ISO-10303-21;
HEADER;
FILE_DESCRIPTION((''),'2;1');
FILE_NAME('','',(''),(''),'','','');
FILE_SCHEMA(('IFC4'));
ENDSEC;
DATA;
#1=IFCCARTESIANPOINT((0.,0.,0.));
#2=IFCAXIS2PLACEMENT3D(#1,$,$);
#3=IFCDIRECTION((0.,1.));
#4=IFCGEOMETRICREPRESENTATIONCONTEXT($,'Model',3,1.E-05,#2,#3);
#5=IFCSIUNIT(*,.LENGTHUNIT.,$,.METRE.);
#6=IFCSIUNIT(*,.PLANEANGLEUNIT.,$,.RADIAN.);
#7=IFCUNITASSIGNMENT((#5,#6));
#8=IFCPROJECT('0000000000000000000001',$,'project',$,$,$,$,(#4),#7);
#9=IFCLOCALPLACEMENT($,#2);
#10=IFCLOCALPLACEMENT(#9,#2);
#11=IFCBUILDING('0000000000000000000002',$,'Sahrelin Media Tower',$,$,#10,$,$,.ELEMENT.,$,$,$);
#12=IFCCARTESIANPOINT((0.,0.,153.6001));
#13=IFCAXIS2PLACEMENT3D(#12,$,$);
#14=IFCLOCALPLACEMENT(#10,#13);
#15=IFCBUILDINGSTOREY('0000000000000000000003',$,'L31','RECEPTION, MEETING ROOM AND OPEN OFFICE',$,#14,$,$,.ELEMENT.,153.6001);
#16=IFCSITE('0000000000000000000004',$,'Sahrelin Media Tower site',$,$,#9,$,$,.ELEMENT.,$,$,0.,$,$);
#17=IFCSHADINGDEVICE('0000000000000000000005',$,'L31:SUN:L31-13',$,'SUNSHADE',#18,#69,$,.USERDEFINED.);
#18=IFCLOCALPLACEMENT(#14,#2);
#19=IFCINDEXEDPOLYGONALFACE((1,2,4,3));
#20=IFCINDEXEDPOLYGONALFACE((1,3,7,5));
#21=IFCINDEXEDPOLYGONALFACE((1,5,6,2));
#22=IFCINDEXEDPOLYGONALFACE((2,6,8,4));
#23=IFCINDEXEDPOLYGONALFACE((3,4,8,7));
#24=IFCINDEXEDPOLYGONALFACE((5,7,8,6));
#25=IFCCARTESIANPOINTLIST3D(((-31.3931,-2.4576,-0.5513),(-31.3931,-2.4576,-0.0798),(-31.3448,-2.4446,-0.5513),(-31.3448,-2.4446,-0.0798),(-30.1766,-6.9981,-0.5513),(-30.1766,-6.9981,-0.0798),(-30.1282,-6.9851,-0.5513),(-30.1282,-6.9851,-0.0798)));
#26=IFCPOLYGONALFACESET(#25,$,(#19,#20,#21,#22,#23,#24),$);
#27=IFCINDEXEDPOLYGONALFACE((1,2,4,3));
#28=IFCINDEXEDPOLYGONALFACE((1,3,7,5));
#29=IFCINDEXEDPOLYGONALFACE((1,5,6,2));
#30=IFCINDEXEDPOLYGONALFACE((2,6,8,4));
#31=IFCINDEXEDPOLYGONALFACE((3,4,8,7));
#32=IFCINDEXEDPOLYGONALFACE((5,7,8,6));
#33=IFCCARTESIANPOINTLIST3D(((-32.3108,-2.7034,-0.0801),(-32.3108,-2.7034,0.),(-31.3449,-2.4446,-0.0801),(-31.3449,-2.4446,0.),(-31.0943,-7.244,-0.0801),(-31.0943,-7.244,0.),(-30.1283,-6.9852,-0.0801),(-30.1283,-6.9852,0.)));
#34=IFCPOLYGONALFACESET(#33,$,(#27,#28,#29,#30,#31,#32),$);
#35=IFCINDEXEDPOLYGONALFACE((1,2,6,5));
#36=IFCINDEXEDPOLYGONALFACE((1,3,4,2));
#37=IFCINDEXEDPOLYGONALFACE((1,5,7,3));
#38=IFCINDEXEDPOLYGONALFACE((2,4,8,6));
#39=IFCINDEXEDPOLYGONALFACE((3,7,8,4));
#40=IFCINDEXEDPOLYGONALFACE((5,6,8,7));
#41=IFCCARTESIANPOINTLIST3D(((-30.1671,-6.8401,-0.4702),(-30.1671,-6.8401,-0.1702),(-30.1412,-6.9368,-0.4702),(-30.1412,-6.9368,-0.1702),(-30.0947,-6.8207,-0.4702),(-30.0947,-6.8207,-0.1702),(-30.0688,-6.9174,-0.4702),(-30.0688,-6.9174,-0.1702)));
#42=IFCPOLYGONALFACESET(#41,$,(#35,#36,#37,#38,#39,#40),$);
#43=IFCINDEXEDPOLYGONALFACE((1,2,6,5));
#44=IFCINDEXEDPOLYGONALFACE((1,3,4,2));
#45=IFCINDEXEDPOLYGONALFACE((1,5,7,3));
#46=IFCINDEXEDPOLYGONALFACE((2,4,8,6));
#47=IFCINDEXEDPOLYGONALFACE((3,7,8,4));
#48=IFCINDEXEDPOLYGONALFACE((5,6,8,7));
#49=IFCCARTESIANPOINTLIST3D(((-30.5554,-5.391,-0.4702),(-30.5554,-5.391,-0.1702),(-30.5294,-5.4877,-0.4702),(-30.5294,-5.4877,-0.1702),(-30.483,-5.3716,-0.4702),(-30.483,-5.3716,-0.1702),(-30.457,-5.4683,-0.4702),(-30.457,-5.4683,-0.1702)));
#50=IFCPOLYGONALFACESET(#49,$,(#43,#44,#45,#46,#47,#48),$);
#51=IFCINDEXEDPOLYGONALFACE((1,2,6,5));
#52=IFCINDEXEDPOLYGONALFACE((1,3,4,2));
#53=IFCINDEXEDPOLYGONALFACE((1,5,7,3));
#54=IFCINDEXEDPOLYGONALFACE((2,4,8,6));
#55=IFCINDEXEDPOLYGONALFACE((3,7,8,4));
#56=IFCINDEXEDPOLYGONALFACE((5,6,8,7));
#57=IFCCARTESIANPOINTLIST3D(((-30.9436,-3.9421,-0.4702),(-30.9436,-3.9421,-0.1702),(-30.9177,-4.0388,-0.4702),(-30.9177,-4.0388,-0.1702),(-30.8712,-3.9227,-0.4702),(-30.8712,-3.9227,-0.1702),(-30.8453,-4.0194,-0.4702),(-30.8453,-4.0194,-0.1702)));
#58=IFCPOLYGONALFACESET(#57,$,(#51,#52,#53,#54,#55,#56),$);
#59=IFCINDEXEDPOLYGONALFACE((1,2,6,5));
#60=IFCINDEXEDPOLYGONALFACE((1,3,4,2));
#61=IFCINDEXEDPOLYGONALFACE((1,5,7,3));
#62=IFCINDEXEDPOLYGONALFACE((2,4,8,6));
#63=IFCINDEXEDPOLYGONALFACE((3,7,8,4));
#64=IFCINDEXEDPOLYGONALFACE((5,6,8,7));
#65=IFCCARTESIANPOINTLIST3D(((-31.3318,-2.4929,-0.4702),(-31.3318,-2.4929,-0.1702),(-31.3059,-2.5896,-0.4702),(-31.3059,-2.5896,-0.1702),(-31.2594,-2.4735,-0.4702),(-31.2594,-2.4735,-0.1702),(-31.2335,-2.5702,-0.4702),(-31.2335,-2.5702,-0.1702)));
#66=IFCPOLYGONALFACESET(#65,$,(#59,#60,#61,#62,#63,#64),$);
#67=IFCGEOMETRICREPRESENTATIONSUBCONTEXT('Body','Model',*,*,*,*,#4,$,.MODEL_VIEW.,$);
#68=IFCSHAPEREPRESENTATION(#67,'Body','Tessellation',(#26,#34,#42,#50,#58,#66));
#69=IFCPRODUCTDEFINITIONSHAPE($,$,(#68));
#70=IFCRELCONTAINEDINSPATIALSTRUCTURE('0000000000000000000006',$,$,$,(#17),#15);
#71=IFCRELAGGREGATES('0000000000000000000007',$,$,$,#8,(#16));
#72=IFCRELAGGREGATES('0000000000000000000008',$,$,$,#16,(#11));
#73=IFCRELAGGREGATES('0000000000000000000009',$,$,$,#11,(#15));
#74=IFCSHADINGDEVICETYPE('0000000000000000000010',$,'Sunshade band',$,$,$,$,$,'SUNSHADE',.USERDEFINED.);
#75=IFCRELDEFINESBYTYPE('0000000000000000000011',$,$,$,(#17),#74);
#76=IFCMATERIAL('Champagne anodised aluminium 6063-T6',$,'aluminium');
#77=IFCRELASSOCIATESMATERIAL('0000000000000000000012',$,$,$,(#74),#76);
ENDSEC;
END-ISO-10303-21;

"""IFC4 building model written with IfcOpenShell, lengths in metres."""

from ifc_helpers import new_model, si_unit, direction, frame, origin, origin_2d, place, context, subcontext, project, spatial, rectangle, extrude, material, type_object, element, save


model = new_model("IFC4")

# Units and contexts
model_context = context("Model", 3, precision=1e-05, world=origin(), true_north=direction((0.0, 1.0)))
body_context = subcontext(model_context, "Body", "Model", "MODEL_VIEW")
ifc_project = project(units=[si_unit("LENGTHUNIT", "METRE"), si_unit("PLANEANGLEUNIT", "RADIAN")], contexts=[model_context])

# Site, building, storey
site_placement = place(None, origin())
site = spatial("IfcSite", under=ifc_project, at=site_placement, Name="Sahrelin Media Tower site", CompositionType="ELEMENT", RefElevation=0.0)
building_placement = place(site_placement, origin())
building = spatial("IfcBuilding", under=site, at=building_placement, Name="Sahrelin Media Tower", CompositionType="ELEMENT")
storey_placement = place(building_placement, frame((0.0, 0.0, 153.6001)))
storey = spatial("IfcBuildingStorey", under=building, at=storey_placement, Name="L31", Description="RECEPTION, MEETING ROOM AND OPEN OFFICE", CompositionType="ELEMENT", Elevation=153.6001)

# Shared definitions
ifc_material_1 = material(Name="Champagne anodised aluminium 6063-T6", Category="aluminium")

# Shading device
placement_1 = place(storey_placement, frame((-30.7173, -4.7097, 0.0), z_axis=(0.0, 0.0, 1.0), x_axis=(-0.258808, 0.965929, 0.0)))
shading_device_type_1 = type_object("IfcShadingDeviceType", Name="Sunshade band", ElementType="SUNSHADE", PredefinedType="USERDEFINED", material=ifc_material_1)
element("IfcShadingDevice", 1, at=placement_1, inside=storey, type_object=shading_device_type_1, Name="L31:SUN:L31-13", ObjectType="SUNSHADE", PredefinedType="USERDEFINED", context=body_context, shape_type="SweptSolid", body=[
    extrude(rectangle(XDim=4.7007, YDim=0.05, at=origin_2d()), frame((0.0, 0.0449, -0.5513)), (0.0, 0.0, 1.0), 0.4714),
    extrude(rectangle(XDim=4.7007, YDim=1.0, at=origin_2d()), frame((0.0, 0.52, -0.0801)), (0.0, 0.0, 1.0), 0.0801),
    extrude(rectangle(XDim=0.1001, YDim=0.075, at=origin_2d()), frame((-2.2502, -0.0176, -0.4702)), (0.0, 0.0, 1.0), 0.3),
    extrude(rectangle(XDim=0.1001, YDim=0.075, at=origin_2d()), frame((-0.75, -0.0176, -0.4702)), (0.0, 0.0, 1.0), 0.3),
    extrude(rectangle(XDim=0.1001, YDim=0.075, at=origin_2d()), frame((0.75, -0.0176, -0.4702)), (0.0, 0.0, 1.0), 0.3),
    extrude(rectangle(XDim=0.1001, YDim=0.075, at=origin_2d()), frame((2.2502, -0.0176, -0.4702)), (0.0, 0.0, 1.0), 0.3),
])

save(model, "model.ifc")
